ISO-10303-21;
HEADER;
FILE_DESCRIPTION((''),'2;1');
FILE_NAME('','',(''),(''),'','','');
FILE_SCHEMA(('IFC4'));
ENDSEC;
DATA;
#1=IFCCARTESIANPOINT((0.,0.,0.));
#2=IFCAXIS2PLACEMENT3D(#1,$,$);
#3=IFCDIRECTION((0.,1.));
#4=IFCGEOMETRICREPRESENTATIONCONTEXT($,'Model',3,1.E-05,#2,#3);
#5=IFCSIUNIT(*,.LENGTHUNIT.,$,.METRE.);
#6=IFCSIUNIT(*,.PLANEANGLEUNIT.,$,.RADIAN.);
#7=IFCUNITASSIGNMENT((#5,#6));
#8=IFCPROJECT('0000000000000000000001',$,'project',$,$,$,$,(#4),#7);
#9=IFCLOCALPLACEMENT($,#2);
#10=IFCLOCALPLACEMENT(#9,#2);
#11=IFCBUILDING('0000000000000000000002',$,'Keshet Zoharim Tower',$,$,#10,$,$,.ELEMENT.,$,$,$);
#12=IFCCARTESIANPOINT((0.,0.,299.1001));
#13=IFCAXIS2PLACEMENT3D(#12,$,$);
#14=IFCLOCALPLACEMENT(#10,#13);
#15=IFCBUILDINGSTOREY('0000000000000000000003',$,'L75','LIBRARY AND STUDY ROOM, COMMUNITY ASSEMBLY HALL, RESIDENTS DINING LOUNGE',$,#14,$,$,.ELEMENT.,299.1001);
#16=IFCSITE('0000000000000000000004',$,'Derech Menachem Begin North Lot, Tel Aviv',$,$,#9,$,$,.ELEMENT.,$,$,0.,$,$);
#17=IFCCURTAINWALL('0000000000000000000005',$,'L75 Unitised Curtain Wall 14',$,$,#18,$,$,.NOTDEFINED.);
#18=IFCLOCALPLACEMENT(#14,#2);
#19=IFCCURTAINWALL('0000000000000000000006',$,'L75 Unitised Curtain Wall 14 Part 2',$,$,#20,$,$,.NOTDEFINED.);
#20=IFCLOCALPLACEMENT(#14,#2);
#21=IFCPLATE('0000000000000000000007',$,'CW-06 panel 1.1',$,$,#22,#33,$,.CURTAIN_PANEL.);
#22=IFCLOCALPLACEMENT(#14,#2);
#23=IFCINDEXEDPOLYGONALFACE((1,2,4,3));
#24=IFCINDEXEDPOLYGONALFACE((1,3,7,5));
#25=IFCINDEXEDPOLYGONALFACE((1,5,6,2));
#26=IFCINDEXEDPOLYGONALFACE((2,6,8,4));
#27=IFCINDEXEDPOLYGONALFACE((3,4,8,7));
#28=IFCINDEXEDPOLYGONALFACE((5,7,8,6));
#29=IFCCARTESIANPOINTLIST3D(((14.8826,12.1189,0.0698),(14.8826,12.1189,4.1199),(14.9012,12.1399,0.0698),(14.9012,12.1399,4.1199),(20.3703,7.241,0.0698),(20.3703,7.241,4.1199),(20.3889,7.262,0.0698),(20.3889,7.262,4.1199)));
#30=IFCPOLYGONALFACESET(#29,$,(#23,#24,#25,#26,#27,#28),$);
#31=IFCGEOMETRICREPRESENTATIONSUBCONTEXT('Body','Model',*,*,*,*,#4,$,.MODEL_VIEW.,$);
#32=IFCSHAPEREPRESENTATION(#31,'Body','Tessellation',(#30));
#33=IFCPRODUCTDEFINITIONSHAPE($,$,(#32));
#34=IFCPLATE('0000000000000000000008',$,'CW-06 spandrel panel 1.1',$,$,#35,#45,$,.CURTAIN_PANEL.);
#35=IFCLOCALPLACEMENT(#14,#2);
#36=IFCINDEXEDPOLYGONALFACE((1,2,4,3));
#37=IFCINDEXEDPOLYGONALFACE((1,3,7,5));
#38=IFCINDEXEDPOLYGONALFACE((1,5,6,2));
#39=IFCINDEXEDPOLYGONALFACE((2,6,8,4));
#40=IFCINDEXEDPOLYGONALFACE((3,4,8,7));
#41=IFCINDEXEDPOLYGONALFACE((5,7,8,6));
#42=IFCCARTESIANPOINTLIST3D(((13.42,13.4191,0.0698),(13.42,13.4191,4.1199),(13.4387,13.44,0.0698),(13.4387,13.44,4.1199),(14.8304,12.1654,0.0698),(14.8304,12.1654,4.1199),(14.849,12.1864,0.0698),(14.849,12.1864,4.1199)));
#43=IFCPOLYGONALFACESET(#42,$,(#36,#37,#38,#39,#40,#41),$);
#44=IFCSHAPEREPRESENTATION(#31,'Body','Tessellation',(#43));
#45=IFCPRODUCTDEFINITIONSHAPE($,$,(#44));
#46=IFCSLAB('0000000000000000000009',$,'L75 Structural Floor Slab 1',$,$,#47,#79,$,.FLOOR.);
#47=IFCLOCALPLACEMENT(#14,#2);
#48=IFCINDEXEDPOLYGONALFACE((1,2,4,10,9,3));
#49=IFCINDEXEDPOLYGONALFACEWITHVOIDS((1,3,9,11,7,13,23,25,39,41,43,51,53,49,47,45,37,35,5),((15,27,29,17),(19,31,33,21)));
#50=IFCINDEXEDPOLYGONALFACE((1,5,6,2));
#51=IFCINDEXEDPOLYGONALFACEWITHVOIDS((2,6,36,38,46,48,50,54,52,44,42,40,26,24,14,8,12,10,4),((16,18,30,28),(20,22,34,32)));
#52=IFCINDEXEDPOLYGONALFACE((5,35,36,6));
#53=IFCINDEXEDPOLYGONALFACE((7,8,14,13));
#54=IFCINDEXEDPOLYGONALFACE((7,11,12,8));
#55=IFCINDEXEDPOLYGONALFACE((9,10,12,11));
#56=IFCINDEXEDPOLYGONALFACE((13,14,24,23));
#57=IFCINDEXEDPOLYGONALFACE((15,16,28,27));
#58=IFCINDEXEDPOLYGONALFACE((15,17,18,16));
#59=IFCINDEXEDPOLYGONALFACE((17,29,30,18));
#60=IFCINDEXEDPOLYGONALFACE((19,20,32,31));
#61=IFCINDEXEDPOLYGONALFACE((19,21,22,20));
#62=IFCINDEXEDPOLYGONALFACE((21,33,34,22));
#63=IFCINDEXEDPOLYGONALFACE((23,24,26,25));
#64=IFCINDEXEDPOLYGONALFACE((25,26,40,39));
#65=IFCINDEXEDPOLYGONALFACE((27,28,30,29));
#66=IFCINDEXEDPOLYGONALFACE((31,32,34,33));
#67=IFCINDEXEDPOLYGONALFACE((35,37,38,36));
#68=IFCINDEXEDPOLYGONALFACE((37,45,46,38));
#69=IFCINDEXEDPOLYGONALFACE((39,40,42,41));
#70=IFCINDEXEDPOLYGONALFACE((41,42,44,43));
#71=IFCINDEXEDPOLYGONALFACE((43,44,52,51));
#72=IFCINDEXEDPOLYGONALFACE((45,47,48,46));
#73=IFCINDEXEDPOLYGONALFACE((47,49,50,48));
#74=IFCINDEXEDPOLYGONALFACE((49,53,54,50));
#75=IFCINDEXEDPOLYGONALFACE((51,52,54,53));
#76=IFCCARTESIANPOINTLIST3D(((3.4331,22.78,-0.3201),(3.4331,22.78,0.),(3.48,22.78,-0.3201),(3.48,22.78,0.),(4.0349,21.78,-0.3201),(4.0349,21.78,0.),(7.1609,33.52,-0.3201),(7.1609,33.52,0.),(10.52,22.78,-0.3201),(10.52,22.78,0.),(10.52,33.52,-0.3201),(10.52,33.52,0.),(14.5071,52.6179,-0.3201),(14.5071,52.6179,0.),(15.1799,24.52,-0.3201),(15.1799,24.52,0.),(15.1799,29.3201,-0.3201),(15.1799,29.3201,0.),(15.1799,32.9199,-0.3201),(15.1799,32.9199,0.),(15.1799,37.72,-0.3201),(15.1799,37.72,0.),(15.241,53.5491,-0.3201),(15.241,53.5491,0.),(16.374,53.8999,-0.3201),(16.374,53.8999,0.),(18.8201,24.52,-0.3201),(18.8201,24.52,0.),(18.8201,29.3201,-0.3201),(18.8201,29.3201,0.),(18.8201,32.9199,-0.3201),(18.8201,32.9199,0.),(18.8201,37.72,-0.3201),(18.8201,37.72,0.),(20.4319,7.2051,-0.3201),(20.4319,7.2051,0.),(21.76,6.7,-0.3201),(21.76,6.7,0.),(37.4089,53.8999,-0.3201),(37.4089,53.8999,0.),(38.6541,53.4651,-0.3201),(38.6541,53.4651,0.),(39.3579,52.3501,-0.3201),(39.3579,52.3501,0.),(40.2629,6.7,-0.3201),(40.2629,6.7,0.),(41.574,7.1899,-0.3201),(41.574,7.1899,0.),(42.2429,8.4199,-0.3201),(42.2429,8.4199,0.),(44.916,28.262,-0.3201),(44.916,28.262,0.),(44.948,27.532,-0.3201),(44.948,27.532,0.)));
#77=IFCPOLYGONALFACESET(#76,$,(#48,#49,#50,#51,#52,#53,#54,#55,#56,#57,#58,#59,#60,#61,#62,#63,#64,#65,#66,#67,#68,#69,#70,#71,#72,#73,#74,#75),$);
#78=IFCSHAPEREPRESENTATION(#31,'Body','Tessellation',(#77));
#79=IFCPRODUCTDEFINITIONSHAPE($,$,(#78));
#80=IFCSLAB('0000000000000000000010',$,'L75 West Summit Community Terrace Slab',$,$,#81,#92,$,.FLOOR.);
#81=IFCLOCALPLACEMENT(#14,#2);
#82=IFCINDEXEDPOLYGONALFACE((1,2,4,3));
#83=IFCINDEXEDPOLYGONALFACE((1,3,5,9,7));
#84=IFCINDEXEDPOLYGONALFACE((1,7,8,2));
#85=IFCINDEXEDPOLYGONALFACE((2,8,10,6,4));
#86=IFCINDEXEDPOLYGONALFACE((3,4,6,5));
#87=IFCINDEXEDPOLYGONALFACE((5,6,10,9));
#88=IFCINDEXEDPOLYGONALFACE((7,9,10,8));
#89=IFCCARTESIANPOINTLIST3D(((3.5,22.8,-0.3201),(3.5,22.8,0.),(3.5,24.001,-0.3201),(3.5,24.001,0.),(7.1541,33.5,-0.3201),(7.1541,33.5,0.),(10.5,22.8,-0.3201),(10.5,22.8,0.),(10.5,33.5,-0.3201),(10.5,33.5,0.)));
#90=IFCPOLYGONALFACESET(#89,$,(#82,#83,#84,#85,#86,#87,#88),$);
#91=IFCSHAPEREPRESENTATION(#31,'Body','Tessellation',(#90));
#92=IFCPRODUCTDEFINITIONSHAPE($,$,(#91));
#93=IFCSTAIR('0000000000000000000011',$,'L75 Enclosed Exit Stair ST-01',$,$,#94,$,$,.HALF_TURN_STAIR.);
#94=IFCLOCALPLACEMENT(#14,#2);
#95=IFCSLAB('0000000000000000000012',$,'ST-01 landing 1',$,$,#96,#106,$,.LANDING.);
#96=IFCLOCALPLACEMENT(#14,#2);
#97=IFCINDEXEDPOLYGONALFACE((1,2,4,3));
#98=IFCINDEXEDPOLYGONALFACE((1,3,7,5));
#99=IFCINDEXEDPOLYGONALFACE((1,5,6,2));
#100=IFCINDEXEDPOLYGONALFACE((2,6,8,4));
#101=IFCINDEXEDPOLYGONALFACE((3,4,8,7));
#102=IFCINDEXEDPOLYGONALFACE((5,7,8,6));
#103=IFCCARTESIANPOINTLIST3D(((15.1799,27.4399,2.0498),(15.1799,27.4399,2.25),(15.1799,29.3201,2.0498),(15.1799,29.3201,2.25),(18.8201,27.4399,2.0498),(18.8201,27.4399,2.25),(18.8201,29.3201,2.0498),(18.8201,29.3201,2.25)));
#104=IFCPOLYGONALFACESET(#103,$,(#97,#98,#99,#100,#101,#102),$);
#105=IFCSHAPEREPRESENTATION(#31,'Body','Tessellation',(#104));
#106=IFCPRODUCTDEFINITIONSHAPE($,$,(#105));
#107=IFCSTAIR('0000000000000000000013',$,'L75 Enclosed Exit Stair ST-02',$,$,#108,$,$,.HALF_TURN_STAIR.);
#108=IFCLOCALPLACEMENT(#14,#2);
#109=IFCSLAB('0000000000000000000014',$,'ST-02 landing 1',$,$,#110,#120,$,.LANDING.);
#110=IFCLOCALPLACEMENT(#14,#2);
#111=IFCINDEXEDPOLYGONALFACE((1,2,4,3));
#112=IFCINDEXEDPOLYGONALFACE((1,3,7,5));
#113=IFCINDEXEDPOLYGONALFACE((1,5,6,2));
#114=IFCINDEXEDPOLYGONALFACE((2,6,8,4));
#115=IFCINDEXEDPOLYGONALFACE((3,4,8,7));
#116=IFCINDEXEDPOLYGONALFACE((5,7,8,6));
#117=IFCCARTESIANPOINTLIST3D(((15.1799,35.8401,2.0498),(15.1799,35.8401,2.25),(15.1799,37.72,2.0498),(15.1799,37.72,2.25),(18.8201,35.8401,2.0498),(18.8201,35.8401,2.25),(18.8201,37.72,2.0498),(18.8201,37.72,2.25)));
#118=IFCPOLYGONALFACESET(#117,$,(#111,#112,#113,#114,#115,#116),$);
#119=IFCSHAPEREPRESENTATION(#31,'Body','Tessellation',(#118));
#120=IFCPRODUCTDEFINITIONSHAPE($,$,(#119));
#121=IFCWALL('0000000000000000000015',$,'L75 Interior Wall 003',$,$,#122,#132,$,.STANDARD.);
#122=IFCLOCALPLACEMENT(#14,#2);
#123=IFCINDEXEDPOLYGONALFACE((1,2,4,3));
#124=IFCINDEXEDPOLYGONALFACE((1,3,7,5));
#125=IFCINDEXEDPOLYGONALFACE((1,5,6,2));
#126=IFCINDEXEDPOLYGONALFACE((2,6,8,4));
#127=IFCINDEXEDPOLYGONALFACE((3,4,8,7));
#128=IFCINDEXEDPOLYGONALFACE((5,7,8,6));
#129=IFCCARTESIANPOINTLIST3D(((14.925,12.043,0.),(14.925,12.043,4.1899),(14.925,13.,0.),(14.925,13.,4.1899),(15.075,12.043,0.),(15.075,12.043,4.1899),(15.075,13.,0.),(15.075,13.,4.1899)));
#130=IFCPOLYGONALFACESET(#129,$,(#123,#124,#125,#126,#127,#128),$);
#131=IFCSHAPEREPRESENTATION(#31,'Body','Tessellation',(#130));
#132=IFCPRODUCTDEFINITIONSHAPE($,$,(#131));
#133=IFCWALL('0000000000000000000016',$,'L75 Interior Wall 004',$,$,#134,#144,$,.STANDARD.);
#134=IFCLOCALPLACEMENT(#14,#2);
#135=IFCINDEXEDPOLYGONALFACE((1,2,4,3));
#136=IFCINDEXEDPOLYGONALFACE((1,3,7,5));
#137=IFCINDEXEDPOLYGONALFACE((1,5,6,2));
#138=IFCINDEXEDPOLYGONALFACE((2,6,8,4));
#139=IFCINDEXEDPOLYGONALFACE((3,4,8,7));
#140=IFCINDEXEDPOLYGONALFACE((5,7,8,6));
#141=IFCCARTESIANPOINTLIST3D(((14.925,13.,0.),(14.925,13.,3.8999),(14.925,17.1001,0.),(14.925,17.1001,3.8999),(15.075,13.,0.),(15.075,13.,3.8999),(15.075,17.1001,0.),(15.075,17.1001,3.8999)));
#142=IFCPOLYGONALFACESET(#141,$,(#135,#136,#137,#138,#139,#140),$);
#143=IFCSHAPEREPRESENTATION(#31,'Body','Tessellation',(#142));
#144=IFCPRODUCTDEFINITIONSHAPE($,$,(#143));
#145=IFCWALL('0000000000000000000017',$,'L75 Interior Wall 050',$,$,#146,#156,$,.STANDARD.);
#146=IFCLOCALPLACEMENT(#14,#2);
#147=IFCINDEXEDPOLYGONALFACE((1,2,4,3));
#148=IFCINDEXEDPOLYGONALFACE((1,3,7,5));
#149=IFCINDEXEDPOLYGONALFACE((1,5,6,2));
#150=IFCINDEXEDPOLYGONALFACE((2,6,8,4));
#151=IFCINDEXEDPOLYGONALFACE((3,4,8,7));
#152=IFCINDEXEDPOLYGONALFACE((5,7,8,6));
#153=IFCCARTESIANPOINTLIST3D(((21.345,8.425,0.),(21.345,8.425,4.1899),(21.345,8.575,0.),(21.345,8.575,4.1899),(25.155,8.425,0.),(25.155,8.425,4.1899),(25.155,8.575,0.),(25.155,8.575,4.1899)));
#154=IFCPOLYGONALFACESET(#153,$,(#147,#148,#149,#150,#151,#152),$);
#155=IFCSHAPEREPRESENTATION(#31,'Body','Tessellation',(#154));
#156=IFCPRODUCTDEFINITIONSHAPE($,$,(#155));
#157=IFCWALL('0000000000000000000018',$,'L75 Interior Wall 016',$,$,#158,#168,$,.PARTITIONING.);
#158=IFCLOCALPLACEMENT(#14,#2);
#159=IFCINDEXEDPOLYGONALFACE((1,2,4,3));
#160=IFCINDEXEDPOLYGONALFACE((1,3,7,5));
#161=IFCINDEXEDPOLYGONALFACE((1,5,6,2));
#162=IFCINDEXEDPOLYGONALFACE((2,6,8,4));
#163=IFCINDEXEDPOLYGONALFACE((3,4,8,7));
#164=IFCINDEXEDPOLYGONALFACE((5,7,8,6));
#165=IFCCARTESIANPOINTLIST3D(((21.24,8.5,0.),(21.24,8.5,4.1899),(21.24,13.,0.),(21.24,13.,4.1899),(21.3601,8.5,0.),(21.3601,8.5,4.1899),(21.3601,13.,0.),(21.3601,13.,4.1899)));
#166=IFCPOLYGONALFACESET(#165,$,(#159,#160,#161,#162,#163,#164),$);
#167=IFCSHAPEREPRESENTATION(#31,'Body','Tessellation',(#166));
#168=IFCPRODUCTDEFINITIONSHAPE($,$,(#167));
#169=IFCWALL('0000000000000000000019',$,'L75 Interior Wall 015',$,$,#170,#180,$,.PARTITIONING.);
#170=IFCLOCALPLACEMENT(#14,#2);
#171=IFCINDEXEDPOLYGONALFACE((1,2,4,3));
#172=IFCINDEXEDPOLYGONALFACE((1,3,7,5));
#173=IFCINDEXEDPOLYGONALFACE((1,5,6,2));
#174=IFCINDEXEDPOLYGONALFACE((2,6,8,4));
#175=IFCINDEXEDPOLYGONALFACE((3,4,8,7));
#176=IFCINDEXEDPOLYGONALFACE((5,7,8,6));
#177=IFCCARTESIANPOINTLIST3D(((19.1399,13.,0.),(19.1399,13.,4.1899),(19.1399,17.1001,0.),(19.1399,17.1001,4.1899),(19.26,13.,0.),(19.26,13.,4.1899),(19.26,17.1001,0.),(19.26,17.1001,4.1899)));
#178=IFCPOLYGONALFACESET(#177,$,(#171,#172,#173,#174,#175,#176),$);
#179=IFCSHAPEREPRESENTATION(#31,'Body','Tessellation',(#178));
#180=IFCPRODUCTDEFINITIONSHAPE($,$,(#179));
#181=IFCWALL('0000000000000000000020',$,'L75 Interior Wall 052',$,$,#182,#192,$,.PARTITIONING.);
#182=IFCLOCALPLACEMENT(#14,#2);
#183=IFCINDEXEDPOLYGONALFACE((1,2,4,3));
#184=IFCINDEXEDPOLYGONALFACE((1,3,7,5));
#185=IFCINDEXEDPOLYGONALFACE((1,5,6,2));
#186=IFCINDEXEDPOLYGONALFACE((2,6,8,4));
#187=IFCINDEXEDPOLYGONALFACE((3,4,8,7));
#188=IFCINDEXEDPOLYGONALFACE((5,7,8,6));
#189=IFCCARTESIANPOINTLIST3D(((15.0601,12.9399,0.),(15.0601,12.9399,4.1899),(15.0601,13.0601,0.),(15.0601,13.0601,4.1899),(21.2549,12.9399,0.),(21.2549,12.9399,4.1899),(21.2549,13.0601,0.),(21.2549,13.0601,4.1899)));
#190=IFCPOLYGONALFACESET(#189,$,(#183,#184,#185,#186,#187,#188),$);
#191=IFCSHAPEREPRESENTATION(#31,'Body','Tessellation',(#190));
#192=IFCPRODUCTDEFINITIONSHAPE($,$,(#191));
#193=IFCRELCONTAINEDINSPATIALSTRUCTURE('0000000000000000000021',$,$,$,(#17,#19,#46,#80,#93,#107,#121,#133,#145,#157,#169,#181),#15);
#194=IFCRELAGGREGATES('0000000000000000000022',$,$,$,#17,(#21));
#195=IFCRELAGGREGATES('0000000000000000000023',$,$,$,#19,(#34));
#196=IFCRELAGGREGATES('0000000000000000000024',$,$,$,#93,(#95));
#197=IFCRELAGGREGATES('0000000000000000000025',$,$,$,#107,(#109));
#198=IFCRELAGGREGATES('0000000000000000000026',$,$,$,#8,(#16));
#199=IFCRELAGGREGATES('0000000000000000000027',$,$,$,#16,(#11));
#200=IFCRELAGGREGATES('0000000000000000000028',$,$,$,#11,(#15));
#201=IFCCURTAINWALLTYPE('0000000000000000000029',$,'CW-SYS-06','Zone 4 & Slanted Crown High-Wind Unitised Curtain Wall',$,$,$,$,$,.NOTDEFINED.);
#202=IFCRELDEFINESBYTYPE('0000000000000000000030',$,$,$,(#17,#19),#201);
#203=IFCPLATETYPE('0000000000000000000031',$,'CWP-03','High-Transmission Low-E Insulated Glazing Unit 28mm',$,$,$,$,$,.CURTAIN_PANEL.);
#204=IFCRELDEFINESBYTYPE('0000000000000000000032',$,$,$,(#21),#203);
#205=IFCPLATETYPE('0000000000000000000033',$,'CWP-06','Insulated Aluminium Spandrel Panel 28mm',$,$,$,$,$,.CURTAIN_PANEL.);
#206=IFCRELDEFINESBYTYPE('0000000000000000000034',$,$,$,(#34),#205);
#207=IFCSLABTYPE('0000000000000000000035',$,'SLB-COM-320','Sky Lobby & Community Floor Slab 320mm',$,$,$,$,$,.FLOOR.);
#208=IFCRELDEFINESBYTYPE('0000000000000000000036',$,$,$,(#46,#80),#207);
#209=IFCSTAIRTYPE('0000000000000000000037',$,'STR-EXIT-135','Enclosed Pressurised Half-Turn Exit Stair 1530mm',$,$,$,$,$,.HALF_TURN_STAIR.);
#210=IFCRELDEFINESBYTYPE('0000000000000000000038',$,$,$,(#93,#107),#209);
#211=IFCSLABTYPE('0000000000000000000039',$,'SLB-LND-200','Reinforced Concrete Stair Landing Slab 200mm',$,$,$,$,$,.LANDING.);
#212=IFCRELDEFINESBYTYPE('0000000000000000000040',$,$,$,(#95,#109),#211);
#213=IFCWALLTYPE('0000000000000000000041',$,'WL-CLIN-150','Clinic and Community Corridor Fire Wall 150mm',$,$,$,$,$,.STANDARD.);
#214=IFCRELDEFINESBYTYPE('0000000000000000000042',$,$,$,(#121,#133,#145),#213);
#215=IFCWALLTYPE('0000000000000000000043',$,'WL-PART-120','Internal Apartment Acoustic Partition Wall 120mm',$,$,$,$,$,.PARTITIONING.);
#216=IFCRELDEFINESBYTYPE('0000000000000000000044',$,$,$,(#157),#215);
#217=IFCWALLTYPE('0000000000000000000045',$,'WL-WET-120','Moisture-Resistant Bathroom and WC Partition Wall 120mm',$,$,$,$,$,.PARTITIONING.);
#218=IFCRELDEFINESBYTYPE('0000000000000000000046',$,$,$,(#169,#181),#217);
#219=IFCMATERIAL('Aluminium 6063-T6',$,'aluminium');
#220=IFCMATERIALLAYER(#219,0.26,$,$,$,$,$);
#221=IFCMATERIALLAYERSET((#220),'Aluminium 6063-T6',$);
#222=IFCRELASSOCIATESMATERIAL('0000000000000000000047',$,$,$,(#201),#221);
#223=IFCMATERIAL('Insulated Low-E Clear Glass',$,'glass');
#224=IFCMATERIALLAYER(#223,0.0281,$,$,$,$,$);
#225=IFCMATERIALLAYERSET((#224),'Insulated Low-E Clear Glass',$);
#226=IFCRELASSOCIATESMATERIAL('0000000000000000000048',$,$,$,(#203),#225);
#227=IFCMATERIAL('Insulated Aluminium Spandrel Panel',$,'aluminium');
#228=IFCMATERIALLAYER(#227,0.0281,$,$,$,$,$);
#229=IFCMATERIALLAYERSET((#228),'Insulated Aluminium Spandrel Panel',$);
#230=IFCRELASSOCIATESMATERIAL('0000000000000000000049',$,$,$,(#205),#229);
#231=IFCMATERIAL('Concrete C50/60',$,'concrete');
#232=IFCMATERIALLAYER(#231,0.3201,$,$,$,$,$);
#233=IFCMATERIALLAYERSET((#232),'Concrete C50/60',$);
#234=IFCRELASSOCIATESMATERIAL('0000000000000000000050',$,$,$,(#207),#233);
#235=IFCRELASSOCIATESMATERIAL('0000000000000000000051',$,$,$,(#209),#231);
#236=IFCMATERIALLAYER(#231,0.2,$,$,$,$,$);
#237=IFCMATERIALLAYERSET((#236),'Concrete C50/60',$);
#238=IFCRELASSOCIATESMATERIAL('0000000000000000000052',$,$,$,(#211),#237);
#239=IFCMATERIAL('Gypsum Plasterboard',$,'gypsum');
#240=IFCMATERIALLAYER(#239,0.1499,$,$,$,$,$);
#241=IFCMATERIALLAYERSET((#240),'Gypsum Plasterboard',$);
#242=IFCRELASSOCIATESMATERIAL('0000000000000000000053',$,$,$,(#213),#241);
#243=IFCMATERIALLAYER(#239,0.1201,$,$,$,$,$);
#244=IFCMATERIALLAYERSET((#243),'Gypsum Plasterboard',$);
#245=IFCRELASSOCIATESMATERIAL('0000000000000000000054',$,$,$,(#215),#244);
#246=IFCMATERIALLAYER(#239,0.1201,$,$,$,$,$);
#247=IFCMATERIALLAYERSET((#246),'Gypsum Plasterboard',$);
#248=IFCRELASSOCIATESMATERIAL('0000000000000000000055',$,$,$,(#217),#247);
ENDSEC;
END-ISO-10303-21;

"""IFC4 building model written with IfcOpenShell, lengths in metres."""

from ifc_helpers import new_model, si_unit, direction, frame, frame_2d, origin, origin_2d, place, context, subcontext, project, spatial, polyline, rectangle, outline, extrude, material, layer, layer_set, type_object, element, aggregate, save


model = new_model("IFC4")

# Units and contexts
model_context = context("Model", 3, precision=1e-05, world=origin(), true_north=direction((0.0, 1.0)))
body_context = subcontext(model_context, "Body", "Model", "MODEL_VIEW")
ifc_project = project(units=[si_unit("LENGTHUNIT", "METRE"), si_unit("PLANEANGLEUNIT", "RADIAN")], contexts=[model_context])

# Site, building, storey
site_placement = place(None, origin())
site = spatial("IfcSite", under=ifc_project, at=site_placement, Name="Derech Menachem Begin North Lot, Tel Aviv", CompositionType="ELEMENT", RefElevation=0.0)
building_placement = place(site_placement, origin())
building = spatial("IfcBuilding", under=site, at=building_placement, Name="Keshet Zoharim Tower", CompositionType="ELEMENT")
storey_placement = place(building_placement, frame((0.0, 0.0, 299.1001)))
storey = spatial("IfcBuildingStorey", under=building, at=storey_placement, Name="L75", Description="LIBRARY AND STUDY ROOM, COMMUNITY ASSEMBLY HALL, RESIDENTS DINING LOUNGE", CompositionType="ELEMENT", Elevation=299.1001)

# Curtain wall
ifc_material_1 = material(Name="Aluminium 6063-T6", Category="aluminium")
ifc_layer_1 = layer(ifc_material_1, 0.26)
ifc_layer_set_1 = layer_set([ifc_layer_1], Name="Aluminium 6063-T6")
curtain_wall_type = type_object("IfcCurtainWallType", Name="CW-SYS-06", Description="Zone 4 & Slanted Crown High-Wind Unitised Curtain Wall", PredefinedType="NOTDEFINED", material=ifc_layer_set_1)
curtain_wall_1_placement = place(storey_placement, origin())
curtain_wall_1 = element("IfcCurtainWall", 1, at=curtain_wall_1_placement, inside=storey, type_object=curtain_wall_type, Name="L75 Unitised Curtain Wall 14", PredefinedType="NOTDEFINED")

# Curtain wall
curtain_wall_2_placement = place(storey_placement, origin())
curtain_wall_2 = element("IfcCurtainWall", 2, at=curtain_wall_2_placement, inside=storey, type_object=curtain_wall_type, Name="L75 Unitised Curtain Wall 14 Part 2", PredefinedType="NOTDEFINED")

# Plates
ifc_material_2 = material(Name="Insulated Low-E Clear Glass", Category="glass")
ifc_layer_2 = layer(ifc_material_2, 0.0281)
ifc_layer_set_2 = layer_set([ifc_layer_2], Name="Insulated Low-E Clear Glass")
plate_type_1 = type_object("IfcPlateType", Name="CWP-03", Description="High-Transmission Low-E Insulated Glazing Unit 28mm", PredefinedType="CURTAIN_PANEL", material=ifc_layer_set_2)
plate_1_placement = place(storey_placement, frame((17.6357, 9.6904, 0.0698), z_axis=(0.0, 0.0, 1.0), x_axis=(-0.747412, 0.664361, 0.0)))
plate_1 = element("IfcPlate", 3, at=plate_1_placement, type_object=plate_type_1, Name="CW-06 panel 1.1", PredefinedType="CURTAIN_PANEL", context=body_context, shape_type="SweptSolid", body=[
    extrude(rectangle(XDim=7.3423, YDim=0.0281, at=origin_2d()), origin(), (0.0, 0.0, 1.0), 4.05),
])
aggregate(curtain_wall_1, [plate_1])
ifc_material_3 = material(Name="Insulated Aluminium Spandrel Panel", Category="aluminium")
ifc_layer_3 = layer(ifc_material_3, 0.0281)
ifc_layer_set_3 = layer_set([ifc_layer_3], Name="Insulated Aluminium Spandrel Panel")
plate_type_2 = type_object("IfcPlateType", Name="CWP-06", Description="Insulated Aluminium Spandrel Panel 28mm", PredefinedType="CURTAIN_PANEL", material=ifc_layer_set_3)
plate_2_placement = place(storey_placement, frame((14.1345, 12.8027, 0.0698), z_axis=(0.0, 0.0, 1.0), x_axis=(-0.747404, 0.66437, 0.0)))
plate_2 = element("IfcPlate", 4, at=plate_2_placement, type_object=plate_type_2, Name="CW-06 spandrel panel 1.1", PredefinedType="CURTAIN_PANEL", context=body_context, shape_type="SweptSolid", body=[
    extrude(rectangle(XDim=1.887, YDim=0.0281, at=origin_2d()), origin(), (0.0, 0.0, 1.0), 4.05),
])
aggregate(curtain_wall_2, [plate_2])

# Slabs
ifc_material_4 = material(Name="Concrete C50/60", Category="concrete")
ifc_layer_4 = layer(ifc_material_4, 0.3201)
ifc_layer_set_4 = layer_set([ifc_layer_4], Name="Concrete C50/60")
slab_type_1 = type_object("IfcSlabType", Name="SLB-COM-320", Description="Sky Lobby & Community Floor Slab 320mm", PredefinedType="FLOOR", material=ifc_layer_set_4)
slab_1_placement = place(storey_placement, frame((0.0, 0.0, -0.3201)))
element("IfcSlab", 5, at=slab_1_placement, inside=storey, type_object=slab_type_1, Name="L75 Structural Floor Slab 1", PredefinedType="FLOOR", context=body_context, shape_type="SweptSolid", body=[
    extrude(outline(polyline([(10.52, 33.52), (7.1609, 33.52), (14.5071, 52.6179), (15.241, 53.5491), (16.374, 53.8999), (37.4089, 53.8999), (38.6541, 53.4651), (39.3579, 52.3501), (44.916, 28.262), (44.948, 27.532), (42.2429, 8.4199), (41.574, 7.1899), (40.2629, 6.7), (21.76, 6.7), (20.4319, 7.2051), (4.0349, 21.78), (3.4331, 22.78), (3.48, 22.78), (10.52, 22.78), (10.52, 33.52)]), holes=[polyline([(15.1799, 24.52), (18.8201, 24.52), (18.8201, 29.3201), (15.1799, 29.3201), (15.1799, 24.52)]), polyline([(15.1799, 32.9199), (18.8201, 32.9199), (18.8201, 37.72), (15.1799, 37.72), (15.1799, 32.9199)])]), origin(), (0.0, 0.0, 1.0), 0.3201),
])
slab_2_placement = place(storey_placement, frame((0.0, 0.0, -0.3201)))
element("IfcSlab", 6, at=slab_2_placement, inside=storey, type_object=slab_type_1, Name="L75 West Summit Community Terrace Slab", PredefinedType="FLOOR", context=body_context, shape_type="SweptSolid", body=[
    extrude(outline(polyline([(3.5, 24.001), (7.1541, 33.5), (10.5, 33.5), (10.5, 22.8), (3.5, 22.8), (3.5, 24.001)])), origin(), (0.0, 0.0, 1.0), 0.3201),
])

# Stairs, slabs
stair_type = type_object("IfcStairType", Name="STR-EXIT-135", Description="Enclosed Pressurised Half-Turn Exit Stair 1530mm", PredefinedType="HALF_TURN_STAIR", material=ifc_material_4)
stair_1_placement = place(storey_placement, origin())
stair_1 = element("IfcStair", 7, at=stair_1_placement, inside=storey, type_object=stair_type, Name="L75 Enclosed Exit Stair ST-01", PredefinedType="HALF_TURN_STAIR")
ifc_layer_5 = layer(ifc_material_4, 0.2)
ifc_layer_set_5 = layer_set([ifc_layer_5], Name="Concrete C50/60")
slab_type_2 = type_object("IfcSlabType", Name="SLB-LND-200", Description="Reinforced Concrete Stair Landing Slab 200mm", PredefinedType="LANDING", material=ifc_layer_set_5)
slab_3_placement = place(storey_placement, frame((0.0, 0.0, 2.0498)))
slab_3 = element("IfcSlab", 8, at=slab_3_placement, type_object=slab_type_2, Name="ST-01 landing 1", PredefinedType="LANDING", context=body_context, shape_type="SweptSolid", body=[
    extrude(outline(polyline([(15.1799, 27.4399), (18.8201, 27.4399), (18.8201, 29.3201), (15.1799, 29.3201), (15.1799, 27.4399)])), origin(), (0.0, 0.0, 1.0), 0.2002),
])
aggregate(stair_1, [slab_3])
stair_2_placement = place(storey_placement, origin())
stair_2 = element("IfcStair", 9, at=stair_2_placement, inside=storey, type_object=stair_type, Name="L75 Enclosed Exit Stair ST-02", PredefinedType="HALF_TURN_STAIR")
slab_4_placement = place(storey_placement, frame((0.0, 0.0, 2.0498)))
slab_4 = element("IfcSlab", 10, at=slab_4_placement, type_object=slab_type_2, Name="ST-02 landing 1", PredefinedType="LANDING", context=body_context, shape_type="SweptSolid", body=[
    extrude(outline(polyline([(15.1799, 35.8401), (18.8201, 35.8401), (18.8201, 37.72), (15.1799, 37.72), (15.1799, 35.8401)])), origin(), (0.0, 0.0, 1.0), 0.2002),
])
aggregate(stair_2, [slab_4])

# Walls
ifc_material_5 = material(Name="Gypsum Plasterboard", Category="gypsum")
ifc_layer_6 = layer(ifc_material_5, 0.1499)
ifc_layer_set_6 = layer_set([ifc_layer_6], Name="Gypsum Plasterboard")
wall_type_1 = type_object("IfcWallType", Name="WL-CLIN-150", Description="Clinic and Community Corridor Fire Wall 150mm", PredefinedType="STANDARD", material=ifc_layer_set_6)
wall_1_placement = place(storey_placement, frame((15.0, 12.043, 0.0), z_axis=(0.0, 0.0, 1.0), x_axis=(0.0, 1.0, 0.0)))
element("IfcWall", 11, at=wall_1_placement, inside=storey, type_object=wall_type_1, Name="L75 Interior Wall 003", PredefinedType="STANDARD", context=body_context, shape_type="SweptSolid", body=[
    extrude(rectangle(XDim=0.957, YDim=0.1499, at=frame_2d((0.4785, 0.0))), origin(), (0.0, 0.0, 1.0), 4.1899),
])
wall_2_placement = place(storey_placement, frame((15.0, 13.0, 0.0), z_axis=(0.0, 0.0, 1.0), x_axis=(0.0, 1.0, 0.0)))
element("IfcWall", 12, at=wall_2_placement, inside=storey, type_object=wall_type_1, Name="L75 Interior Wall 004", PredefinedType="STANDARD", context=body_context, shape_type="SweptSolid", body=[
    extrude(rectangle(XDim=4.1001, YDim=0.1499, at=frame_2d((2.05, 0.0))), origin(), (0.0, 0.0, 1.0), 3.8999),
])

# Walls
wall_3_placement = place(storey_placement, frame((21.345, 8.5, 0.0), z_axis=(0.0, 0.0, 1.0), x_axis=(1.0, 0.0, 0.0)))
element("IfcWall", 13, at=wall_3_placement, inside=storey, type_object=wall_type_1, Name="L75 Interior Wall 050", PredefinedType="STANDARD", context=body_context, shape_type="SweptSolid", body=[
    extrude(rectangle(XDim=3.8101, YDim=0.1499, at=frame_2d((1.905, 0.0))), origin(), (0.0, 0.0, 1.0), 4.1899),
])
ifc_layer_7 = layer(ifc_material_5, 0.1201)
ifc_layer_set_7 = layer_set([ifc_layer_7], Name="Gypsum Plasterboard")
wall_type_2 = type_object("IfcWallType", Name="WL-PART-120", Description="Internal Apartment Acoustic Partition Wall 120mm", PredefinedType="PARTITIONING", material=ifc_layer_set_7)
wall_4_placement = place(storey_placement, frame((21.3, 8.5, 0.0), z_axis=(0.0, 0.0, 1.0), x_axis=(0.0, 1.0, 0.0)))
element("IfcWall", 14, at=wall_4_placement, inside=storey, type_object=wall_type_2, Name="L75 Interior Wall 016", PredefinedType="PARTITIONING", context=body_context, shape_type="SweptSolid", body=[
    extrude(rectangle(XDim=4.5, YDim=0.1201, at=frame_2d((2.25, 0.0))), origin(), (0.0, 0.0, 1.0), 4.1899),
])
ifc_layer_8 = layer(ifc_material_5, 0.1201)
ifc_layer_set_8 = layer_set([ifc_layer_8], Name="Gypsum Plasterboard")
wall_type_3 = type_object("IfcWallType", Name="WL-WET-120", Description="Moisture-Resistant Bathroom and WC Partition Wall 120mm", PredefinedType="PARTITIONING", material=ifc_layer_set_8)
wall_5_placement = place(storey_placement, frame((19.2, 13.0, 0.0), z_axis=(0.0, 0.0, 1.0), x_axis=(0.0, 1.0, 0.0)))
element("IfcWall", 15, at=wall_5_placement, inside=storey, type_object=wall_type_3, Name="L75 Interior Wall 015", PredefinedType="PARTITIONING", context=body_context, shape_type="SweptSolid", body=[
    extrude(rectangle(XDim=4.1001, YDim=0.1201, at=frame_2d((2.05, 0.0))), origin(), (0.0, 0.0, 1.0), 4.1899),
])
wall_6_placement = place(storey_placement, frame((15.0601, 13.0, 0.0), z_axis=(0.0, 0.0, 1.0), x_axis=(1.0, 0.0, 0.0)))
element("IfcWall", 16, at=wall_6_placement, inside=storey, type_object=wall_type_3, Name="L75 Interior Wall 052", PredefinedType="PARTITIONING", context=body_context, shape_type="SweptSolid", body=[
    extrude(rectangle(XDim=6.1948, YDim=0.1201, at=frame_2d((3.0974, 0.0))), origin(), (0.0, 0.0, 1.0), 4.1899),
])

save(model, "model.ifc")
